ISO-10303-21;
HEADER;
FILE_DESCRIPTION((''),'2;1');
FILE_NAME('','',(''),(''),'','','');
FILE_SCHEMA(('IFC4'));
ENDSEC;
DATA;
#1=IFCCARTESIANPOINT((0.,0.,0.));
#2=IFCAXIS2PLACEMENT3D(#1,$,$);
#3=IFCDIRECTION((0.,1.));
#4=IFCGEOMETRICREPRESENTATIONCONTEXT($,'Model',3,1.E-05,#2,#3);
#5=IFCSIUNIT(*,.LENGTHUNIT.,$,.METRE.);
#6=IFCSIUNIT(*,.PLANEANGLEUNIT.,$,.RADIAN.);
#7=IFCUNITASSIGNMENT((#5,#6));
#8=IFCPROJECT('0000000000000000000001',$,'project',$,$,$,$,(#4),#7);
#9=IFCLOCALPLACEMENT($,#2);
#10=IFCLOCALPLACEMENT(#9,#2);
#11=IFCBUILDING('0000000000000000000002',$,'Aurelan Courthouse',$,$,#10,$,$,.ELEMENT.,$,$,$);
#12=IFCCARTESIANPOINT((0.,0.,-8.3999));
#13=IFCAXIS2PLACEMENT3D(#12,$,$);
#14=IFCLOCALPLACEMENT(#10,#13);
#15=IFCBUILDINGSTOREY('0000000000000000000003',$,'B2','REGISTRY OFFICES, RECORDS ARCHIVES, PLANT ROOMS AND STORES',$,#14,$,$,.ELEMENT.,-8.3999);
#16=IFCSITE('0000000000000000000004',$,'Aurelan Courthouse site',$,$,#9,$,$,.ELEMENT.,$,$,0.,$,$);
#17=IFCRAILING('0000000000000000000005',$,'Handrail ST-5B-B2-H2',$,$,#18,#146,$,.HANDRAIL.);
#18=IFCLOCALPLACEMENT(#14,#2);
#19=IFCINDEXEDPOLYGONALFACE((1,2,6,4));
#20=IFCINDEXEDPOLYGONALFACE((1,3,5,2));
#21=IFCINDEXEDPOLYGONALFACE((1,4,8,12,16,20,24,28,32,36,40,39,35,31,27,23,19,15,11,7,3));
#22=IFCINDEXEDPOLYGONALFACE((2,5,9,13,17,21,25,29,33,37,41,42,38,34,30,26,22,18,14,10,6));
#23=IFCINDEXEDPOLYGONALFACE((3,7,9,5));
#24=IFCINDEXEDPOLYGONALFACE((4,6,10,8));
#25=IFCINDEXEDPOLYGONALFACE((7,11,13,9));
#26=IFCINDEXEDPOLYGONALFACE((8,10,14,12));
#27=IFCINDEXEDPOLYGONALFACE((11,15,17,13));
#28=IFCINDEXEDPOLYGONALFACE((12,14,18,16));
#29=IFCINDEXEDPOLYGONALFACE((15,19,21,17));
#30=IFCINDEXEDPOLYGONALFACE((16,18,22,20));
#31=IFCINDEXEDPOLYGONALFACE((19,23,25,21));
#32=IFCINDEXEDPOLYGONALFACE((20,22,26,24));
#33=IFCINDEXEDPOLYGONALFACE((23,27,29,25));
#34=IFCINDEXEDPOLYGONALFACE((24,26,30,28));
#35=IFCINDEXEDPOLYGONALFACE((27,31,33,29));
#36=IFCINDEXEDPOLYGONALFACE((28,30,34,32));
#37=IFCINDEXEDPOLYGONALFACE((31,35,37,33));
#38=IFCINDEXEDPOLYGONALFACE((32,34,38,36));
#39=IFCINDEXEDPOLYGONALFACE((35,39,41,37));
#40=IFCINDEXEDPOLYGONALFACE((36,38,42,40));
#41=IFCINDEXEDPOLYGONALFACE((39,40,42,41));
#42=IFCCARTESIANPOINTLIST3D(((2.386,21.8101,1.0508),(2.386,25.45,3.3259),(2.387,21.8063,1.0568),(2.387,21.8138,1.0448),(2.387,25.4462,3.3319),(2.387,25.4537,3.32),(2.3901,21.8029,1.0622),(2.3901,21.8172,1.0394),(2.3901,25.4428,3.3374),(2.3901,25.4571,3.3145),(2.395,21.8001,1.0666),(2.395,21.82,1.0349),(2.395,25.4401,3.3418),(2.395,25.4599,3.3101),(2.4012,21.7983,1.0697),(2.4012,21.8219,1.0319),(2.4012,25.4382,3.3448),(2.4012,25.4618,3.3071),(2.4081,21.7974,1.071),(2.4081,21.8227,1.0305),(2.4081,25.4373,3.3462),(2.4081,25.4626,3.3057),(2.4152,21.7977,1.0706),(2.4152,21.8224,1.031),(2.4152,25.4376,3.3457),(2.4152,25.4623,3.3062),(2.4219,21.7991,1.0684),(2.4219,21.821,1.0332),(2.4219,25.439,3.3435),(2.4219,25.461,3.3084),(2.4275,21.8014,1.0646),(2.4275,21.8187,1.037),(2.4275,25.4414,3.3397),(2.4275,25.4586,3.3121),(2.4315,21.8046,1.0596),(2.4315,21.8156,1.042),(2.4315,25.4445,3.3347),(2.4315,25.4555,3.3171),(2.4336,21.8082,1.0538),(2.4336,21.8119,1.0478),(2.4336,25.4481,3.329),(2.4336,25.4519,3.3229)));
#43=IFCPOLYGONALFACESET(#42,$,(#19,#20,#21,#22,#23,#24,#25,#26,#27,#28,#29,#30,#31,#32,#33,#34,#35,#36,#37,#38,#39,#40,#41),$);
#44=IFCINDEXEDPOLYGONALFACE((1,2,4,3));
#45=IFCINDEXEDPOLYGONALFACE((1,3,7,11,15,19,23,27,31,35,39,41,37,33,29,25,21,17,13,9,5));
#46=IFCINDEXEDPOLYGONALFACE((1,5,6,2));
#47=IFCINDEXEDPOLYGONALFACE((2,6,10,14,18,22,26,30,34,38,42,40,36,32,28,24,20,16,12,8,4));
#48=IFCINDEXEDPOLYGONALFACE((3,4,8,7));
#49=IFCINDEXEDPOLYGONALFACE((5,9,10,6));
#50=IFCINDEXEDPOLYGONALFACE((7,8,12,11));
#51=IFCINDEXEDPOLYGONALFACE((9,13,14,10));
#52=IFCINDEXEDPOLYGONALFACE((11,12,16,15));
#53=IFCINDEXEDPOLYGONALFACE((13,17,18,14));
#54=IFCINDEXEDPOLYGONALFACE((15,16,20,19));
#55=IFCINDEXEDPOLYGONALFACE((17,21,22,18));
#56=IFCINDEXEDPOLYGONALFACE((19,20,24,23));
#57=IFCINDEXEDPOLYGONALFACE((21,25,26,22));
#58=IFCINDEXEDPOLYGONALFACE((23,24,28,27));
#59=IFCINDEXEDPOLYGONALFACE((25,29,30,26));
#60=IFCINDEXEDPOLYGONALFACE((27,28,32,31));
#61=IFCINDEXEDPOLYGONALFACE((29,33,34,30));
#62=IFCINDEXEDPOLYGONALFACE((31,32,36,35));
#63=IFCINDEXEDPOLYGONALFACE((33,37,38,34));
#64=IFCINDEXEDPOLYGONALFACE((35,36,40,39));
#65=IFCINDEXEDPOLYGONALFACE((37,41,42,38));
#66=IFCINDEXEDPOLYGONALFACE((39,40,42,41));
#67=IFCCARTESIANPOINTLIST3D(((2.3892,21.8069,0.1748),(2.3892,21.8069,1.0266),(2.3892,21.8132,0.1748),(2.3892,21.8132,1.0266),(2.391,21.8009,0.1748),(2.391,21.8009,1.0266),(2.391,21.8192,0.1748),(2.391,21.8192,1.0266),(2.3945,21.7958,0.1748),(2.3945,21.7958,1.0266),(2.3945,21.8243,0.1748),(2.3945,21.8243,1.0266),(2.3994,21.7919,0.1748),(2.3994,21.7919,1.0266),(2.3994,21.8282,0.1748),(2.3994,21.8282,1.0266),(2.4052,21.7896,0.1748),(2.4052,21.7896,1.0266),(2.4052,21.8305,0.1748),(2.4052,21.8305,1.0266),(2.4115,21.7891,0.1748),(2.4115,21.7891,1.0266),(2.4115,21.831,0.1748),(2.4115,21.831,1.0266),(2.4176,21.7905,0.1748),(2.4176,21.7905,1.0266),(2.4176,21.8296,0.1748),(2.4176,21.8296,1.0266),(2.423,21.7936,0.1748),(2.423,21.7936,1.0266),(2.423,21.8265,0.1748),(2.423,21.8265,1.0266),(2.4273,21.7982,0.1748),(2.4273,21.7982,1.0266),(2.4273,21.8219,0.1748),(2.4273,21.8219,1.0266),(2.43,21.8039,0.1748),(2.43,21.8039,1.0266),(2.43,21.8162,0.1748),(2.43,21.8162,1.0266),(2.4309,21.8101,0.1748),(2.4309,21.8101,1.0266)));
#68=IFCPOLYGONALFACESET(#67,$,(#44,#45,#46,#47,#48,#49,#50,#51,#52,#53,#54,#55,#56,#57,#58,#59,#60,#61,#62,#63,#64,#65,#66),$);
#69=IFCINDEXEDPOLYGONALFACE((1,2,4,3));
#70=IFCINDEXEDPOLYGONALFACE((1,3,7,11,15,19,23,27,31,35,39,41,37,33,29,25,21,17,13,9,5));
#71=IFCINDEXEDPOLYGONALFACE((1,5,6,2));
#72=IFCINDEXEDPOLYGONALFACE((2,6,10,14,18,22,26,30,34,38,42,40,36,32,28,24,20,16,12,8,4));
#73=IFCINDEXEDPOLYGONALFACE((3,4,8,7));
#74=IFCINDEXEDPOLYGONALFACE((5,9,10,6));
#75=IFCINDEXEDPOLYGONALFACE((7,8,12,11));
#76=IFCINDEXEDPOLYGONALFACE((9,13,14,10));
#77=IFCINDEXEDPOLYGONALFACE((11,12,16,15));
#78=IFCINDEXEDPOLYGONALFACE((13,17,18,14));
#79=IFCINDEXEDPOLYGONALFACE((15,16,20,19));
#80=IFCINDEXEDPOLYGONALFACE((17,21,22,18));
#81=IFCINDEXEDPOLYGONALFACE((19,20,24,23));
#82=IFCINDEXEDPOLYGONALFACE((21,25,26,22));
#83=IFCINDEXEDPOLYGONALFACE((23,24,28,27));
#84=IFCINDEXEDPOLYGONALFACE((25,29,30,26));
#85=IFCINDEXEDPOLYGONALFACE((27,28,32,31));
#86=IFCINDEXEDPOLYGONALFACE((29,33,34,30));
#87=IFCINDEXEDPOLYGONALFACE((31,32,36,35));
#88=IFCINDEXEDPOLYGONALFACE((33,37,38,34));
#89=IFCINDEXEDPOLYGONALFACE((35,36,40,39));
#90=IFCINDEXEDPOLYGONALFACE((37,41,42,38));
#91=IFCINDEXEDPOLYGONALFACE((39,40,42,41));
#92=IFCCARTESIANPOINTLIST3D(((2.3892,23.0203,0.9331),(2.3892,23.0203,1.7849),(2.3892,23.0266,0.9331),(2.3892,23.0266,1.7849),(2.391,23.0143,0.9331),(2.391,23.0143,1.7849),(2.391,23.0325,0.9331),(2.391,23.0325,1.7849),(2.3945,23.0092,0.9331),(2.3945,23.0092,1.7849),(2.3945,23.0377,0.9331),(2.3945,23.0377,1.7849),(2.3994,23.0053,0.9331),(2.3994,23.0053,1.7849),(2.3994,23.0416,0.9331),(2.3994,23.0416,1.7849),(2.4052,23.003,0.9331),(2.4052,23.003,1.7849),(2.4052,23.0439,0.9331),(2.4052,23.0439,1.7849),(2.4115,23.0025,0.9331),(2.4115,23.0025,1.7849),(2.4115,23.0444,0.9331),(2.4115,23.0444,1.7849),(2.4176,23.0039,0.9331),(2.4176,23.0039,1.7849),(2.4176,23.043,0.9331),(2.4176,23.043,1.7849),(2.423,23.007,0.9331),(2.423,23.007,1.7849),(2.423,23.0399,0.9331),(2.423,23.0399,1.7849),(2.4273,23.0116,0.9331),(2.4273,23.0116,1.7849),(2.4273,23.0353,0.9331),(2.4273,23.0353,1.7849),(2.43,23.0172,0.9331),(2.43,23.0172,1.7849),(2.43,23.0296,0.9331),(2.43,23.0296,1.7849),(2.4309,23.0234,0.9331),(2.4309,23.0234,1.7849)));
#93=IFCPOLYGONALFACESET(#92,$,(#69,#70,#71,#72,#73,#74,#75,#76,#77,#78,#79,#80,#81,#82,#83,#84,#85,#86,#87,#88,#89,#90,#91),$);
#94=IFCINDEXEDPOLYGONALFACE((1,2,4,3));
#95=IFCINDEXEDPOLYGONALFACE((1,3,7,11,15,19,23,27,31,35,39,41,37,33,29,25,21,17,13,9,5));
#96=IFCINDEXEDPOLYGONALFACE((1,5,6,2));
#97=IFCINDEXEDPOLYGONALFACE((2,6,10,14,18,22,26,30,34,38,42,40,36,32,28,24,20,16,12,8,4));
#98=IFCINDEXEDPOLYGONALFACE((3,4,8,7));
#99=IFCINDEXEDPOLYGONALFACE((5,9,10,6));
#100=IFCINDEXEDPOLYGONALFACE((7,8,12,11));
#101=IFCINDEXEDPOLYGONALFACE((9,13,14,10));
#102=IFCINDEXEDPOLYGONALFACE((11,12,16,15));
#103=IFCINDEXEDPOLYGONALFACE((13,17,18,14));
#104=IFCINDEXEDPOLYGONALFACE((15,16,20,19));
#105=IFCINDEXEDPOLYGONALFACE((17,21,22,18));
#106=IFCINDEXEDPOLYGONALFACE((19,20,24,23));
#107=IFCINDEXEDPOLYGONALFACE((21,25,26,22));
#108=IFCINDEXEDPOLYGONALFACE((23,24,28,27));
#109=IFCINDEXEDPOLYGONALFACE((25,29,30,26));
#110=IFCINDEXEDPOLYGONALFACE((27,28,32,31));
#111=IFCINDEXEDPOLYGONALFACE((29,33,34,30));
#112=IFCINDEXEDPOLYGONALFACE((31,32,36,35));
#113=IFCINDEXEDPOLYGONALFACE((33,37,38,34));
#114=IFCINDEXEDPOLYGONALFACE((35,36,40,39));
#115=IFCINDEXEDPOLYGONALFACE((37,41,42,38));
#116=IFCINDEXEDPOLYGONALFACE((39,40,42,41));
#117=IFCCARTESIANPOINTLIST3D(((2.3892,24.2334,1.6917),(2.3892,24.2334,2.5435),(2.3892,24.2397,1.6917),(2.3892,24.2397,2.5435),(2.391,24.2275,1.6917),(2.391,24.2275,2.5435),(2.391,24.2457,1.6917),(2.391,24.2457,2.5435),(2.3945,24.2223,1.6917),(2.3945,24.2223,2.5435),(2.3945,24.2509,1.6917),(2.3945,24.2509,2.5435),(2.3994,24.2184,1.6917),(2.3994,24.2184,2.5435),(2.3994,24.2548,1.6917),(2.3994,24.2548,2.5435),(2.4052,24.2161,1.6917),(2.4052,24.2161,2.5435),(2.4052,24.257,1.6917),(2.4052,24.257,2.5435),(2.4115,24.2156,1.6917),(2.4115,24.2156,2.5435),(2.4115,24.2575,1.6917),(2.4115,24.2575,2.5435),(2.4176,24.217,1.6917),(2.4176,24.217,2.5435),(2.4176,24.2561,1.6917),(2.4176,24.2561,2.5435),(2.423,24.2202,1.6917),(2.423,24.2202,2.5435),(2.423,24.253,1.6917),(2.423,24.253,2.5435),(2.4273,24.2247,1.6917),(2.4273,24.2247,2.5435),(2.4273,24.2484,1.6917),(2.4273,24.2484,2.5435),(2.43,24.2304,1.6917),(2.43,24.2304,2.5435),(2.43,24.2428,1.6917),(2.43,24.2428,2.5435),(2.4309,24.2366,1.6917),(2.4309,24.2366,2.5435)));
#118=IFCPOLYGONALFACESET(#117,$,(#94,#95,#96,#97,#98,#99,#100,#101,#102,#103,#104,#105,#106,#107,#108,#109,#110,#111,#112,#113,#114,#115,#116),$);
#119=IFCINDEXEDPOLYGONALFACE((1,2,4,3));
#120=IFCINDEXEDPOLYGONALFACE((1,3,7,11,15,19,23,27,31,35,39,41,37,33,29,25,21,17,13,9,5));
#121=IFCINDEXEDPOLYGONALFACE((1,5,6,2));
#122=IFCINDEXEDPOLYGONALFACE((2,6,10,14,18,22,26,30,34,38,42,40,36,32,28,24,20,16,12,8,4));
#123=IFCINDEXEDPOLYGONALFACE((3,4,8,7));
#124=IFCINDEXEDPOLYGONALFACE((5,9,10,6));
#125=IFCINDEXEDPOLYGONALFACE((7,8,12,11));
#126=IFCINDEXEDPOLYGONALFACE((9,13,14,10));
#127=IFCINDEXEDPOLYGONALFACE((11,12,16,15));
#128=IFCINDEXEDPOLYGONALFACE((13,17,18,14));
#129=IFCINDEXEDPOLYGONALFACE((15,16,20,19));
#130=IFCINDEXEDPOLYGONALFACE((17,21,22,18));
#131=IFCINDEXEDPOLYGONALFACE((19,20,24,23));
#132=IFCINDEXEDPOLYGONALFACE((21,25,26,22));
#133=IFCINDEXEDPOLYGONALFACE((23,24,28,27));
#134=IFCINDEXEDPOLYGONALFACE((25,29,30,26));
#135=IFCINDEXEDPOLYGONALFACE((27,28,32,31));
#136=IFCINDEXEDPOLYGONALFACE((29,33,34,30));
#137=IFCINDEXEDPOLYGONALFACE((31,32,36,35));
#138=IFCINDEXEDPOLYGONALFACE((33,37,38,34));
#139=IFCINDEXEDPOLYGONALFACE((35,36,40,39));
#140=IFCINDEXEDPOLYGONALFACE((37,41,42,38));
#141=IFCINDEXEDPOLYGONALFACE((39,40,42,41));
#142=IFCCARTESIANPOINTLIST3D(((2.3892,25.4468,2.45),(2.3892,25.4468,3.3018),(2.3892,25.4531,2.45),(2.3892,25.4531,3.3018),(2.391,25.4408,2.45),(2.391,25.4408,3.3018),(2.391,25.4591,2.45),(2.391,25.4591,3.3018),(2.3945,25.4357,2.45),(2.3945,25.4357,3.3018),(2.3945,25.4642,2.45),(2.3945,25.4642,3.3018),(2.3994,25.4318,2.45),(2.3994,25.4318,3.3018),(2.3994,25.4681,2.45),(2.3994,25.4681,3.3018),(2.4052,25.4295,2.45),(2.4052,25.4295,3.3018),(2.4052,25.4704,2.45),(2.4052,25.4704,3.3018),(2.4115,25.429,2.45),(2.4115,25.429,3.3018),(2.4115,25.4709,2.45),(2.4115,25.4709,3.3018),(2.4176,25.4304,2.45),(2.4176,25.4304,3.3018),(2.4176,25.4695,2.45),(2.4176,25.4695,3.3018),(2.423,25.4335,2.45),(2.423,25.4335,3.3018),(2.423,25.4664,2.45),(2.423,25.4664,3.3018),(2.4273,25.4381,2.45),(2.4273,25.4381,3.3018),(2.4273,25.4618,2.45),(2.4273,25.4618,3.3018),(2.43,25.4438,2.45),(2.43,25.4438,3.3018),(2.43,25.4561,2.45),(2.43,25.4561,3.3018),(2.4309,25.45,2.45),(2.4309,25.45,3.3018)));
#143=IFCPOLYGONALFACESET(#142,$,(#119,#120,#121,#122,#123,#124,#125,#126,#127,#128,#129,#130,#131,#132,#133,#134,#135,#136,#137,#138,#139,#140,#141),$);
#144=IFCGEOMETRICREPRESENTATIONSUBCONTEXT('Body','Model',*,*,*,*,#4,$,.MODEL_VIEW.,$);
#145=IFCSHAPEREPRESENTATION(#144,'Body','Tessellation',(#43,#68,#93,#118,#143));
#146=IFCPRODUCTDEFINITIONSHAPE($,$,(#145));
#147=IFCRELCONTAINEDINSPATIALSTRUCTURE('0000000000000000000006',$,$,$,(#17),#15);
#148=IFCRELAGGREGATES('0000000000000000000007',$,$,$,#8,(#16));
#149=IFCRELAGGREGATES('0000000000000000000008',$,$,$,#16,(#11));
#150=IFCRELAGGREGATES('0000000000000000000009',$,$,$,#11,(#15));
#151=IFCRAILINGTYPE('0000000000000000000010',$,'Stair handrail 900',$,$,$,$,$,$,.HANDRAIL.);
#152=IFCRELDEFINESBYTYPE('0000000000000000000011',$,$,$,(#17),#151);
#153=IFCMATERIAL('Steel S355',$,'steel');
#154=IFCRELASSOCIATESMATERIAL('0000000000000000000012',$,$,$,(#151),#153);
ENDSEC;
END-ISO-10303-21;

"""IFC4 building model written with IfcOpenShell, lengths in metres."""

from ifc_helpers import new_model, si_unit, direction, frame, origin, origin_2d, place, context, subcontext, project, spatial, circle, extrude, material, type_object, element, save


model = new_model("IFC4")

# Units and contexts
model_context = context("Model", 3, precision=1e-05, world=origin(), true_north=direction((0.0, 1.0)))
body_context = subcontext(model_context, "Body", "Model", "MODEL_VIEW")
ifc_project = project(units=[si_unit("LENGTHUNIT", "METRE"), si_unit("PLANEANGLEUNIT", "RADIAN")], contexts=[model_context])

# Site, building, storey
site_placement = place(None, origin())
site = spatial("IfcSite", under=ifc_project, at=site_placement, Name="Aurelan Courthouse site", CompositionType="ELEMENT", RefElevation=0.0)
building_placement = place(site_placement, origin())
building = spatial("IfcBuilding", under=site, at=building_placement, Name="Aurelan Courthouse", CompositionType="ELEMENT")
storey_placement = place(building_placement, frame((0.0, 0.0, -8.3999)))
storey = spatial("IfcBuildingStorey", under=building, at=storey_placement, Name="B2", Description="REGISTRY OFFICES, RECORDS ARCHIVES, PLANT ROOMS AND STORES", CompositionType="ELEMENT", Elevation=-8.3999)

# Railing
ifc_material_1 = material(Name="Steel S355", Category="steel")
railing_type_1 = type_object("IfcRailingType", Name="Stair handrail 900", PredefinedType="HANDRAIL", material=ifc_material_1)
for number, where, name in (
    (1, (2.4099, 21.8101, 0.1748), "Handrail ST-5B-B2-H2"),
):
    element("IfcRailing", number, at=place(storey_placement, frame(where)), inside=storey, type_object=railing_type_1, Name=name, PredefinedType="HANDRAIL", context=body_context, shape_type="SweptSolid", body=[
        extrude(circle(Radius=0.0239, at=origin_2d()), frame((0.0, 0.0, 0.876), z_axis=(0.0, 0.847976, 0.530035), x_axis=(-1.0, 0.0, 0.0)), (0.0, 0.0, 1.0), 4.2925),
        extrude(circle(Radius=0.021, at=origin_2d()), origin(), (0.0, 0.0, 1.0), 0.8518),
        extrude(circle(Radius=0.021, at=origin_2d()), frame((0.0, 1.2134, 0.7583)), (0.0, 0.0, 1.0), 0.8518),
        extrude(circle(Radius=0.021, at=origin_2d()), frame((0.0, 2.4265, 1.5168)), (0.0, 0.0, 1.0), 0.8518),
        extrude(circle(Radius=0.021, at=origin_2d()), frame((0.0, 3.6399, 2.2751)), (0.0, 0.0, 1.0), 0.8518),
    ])

save(model, "model.ifc")
